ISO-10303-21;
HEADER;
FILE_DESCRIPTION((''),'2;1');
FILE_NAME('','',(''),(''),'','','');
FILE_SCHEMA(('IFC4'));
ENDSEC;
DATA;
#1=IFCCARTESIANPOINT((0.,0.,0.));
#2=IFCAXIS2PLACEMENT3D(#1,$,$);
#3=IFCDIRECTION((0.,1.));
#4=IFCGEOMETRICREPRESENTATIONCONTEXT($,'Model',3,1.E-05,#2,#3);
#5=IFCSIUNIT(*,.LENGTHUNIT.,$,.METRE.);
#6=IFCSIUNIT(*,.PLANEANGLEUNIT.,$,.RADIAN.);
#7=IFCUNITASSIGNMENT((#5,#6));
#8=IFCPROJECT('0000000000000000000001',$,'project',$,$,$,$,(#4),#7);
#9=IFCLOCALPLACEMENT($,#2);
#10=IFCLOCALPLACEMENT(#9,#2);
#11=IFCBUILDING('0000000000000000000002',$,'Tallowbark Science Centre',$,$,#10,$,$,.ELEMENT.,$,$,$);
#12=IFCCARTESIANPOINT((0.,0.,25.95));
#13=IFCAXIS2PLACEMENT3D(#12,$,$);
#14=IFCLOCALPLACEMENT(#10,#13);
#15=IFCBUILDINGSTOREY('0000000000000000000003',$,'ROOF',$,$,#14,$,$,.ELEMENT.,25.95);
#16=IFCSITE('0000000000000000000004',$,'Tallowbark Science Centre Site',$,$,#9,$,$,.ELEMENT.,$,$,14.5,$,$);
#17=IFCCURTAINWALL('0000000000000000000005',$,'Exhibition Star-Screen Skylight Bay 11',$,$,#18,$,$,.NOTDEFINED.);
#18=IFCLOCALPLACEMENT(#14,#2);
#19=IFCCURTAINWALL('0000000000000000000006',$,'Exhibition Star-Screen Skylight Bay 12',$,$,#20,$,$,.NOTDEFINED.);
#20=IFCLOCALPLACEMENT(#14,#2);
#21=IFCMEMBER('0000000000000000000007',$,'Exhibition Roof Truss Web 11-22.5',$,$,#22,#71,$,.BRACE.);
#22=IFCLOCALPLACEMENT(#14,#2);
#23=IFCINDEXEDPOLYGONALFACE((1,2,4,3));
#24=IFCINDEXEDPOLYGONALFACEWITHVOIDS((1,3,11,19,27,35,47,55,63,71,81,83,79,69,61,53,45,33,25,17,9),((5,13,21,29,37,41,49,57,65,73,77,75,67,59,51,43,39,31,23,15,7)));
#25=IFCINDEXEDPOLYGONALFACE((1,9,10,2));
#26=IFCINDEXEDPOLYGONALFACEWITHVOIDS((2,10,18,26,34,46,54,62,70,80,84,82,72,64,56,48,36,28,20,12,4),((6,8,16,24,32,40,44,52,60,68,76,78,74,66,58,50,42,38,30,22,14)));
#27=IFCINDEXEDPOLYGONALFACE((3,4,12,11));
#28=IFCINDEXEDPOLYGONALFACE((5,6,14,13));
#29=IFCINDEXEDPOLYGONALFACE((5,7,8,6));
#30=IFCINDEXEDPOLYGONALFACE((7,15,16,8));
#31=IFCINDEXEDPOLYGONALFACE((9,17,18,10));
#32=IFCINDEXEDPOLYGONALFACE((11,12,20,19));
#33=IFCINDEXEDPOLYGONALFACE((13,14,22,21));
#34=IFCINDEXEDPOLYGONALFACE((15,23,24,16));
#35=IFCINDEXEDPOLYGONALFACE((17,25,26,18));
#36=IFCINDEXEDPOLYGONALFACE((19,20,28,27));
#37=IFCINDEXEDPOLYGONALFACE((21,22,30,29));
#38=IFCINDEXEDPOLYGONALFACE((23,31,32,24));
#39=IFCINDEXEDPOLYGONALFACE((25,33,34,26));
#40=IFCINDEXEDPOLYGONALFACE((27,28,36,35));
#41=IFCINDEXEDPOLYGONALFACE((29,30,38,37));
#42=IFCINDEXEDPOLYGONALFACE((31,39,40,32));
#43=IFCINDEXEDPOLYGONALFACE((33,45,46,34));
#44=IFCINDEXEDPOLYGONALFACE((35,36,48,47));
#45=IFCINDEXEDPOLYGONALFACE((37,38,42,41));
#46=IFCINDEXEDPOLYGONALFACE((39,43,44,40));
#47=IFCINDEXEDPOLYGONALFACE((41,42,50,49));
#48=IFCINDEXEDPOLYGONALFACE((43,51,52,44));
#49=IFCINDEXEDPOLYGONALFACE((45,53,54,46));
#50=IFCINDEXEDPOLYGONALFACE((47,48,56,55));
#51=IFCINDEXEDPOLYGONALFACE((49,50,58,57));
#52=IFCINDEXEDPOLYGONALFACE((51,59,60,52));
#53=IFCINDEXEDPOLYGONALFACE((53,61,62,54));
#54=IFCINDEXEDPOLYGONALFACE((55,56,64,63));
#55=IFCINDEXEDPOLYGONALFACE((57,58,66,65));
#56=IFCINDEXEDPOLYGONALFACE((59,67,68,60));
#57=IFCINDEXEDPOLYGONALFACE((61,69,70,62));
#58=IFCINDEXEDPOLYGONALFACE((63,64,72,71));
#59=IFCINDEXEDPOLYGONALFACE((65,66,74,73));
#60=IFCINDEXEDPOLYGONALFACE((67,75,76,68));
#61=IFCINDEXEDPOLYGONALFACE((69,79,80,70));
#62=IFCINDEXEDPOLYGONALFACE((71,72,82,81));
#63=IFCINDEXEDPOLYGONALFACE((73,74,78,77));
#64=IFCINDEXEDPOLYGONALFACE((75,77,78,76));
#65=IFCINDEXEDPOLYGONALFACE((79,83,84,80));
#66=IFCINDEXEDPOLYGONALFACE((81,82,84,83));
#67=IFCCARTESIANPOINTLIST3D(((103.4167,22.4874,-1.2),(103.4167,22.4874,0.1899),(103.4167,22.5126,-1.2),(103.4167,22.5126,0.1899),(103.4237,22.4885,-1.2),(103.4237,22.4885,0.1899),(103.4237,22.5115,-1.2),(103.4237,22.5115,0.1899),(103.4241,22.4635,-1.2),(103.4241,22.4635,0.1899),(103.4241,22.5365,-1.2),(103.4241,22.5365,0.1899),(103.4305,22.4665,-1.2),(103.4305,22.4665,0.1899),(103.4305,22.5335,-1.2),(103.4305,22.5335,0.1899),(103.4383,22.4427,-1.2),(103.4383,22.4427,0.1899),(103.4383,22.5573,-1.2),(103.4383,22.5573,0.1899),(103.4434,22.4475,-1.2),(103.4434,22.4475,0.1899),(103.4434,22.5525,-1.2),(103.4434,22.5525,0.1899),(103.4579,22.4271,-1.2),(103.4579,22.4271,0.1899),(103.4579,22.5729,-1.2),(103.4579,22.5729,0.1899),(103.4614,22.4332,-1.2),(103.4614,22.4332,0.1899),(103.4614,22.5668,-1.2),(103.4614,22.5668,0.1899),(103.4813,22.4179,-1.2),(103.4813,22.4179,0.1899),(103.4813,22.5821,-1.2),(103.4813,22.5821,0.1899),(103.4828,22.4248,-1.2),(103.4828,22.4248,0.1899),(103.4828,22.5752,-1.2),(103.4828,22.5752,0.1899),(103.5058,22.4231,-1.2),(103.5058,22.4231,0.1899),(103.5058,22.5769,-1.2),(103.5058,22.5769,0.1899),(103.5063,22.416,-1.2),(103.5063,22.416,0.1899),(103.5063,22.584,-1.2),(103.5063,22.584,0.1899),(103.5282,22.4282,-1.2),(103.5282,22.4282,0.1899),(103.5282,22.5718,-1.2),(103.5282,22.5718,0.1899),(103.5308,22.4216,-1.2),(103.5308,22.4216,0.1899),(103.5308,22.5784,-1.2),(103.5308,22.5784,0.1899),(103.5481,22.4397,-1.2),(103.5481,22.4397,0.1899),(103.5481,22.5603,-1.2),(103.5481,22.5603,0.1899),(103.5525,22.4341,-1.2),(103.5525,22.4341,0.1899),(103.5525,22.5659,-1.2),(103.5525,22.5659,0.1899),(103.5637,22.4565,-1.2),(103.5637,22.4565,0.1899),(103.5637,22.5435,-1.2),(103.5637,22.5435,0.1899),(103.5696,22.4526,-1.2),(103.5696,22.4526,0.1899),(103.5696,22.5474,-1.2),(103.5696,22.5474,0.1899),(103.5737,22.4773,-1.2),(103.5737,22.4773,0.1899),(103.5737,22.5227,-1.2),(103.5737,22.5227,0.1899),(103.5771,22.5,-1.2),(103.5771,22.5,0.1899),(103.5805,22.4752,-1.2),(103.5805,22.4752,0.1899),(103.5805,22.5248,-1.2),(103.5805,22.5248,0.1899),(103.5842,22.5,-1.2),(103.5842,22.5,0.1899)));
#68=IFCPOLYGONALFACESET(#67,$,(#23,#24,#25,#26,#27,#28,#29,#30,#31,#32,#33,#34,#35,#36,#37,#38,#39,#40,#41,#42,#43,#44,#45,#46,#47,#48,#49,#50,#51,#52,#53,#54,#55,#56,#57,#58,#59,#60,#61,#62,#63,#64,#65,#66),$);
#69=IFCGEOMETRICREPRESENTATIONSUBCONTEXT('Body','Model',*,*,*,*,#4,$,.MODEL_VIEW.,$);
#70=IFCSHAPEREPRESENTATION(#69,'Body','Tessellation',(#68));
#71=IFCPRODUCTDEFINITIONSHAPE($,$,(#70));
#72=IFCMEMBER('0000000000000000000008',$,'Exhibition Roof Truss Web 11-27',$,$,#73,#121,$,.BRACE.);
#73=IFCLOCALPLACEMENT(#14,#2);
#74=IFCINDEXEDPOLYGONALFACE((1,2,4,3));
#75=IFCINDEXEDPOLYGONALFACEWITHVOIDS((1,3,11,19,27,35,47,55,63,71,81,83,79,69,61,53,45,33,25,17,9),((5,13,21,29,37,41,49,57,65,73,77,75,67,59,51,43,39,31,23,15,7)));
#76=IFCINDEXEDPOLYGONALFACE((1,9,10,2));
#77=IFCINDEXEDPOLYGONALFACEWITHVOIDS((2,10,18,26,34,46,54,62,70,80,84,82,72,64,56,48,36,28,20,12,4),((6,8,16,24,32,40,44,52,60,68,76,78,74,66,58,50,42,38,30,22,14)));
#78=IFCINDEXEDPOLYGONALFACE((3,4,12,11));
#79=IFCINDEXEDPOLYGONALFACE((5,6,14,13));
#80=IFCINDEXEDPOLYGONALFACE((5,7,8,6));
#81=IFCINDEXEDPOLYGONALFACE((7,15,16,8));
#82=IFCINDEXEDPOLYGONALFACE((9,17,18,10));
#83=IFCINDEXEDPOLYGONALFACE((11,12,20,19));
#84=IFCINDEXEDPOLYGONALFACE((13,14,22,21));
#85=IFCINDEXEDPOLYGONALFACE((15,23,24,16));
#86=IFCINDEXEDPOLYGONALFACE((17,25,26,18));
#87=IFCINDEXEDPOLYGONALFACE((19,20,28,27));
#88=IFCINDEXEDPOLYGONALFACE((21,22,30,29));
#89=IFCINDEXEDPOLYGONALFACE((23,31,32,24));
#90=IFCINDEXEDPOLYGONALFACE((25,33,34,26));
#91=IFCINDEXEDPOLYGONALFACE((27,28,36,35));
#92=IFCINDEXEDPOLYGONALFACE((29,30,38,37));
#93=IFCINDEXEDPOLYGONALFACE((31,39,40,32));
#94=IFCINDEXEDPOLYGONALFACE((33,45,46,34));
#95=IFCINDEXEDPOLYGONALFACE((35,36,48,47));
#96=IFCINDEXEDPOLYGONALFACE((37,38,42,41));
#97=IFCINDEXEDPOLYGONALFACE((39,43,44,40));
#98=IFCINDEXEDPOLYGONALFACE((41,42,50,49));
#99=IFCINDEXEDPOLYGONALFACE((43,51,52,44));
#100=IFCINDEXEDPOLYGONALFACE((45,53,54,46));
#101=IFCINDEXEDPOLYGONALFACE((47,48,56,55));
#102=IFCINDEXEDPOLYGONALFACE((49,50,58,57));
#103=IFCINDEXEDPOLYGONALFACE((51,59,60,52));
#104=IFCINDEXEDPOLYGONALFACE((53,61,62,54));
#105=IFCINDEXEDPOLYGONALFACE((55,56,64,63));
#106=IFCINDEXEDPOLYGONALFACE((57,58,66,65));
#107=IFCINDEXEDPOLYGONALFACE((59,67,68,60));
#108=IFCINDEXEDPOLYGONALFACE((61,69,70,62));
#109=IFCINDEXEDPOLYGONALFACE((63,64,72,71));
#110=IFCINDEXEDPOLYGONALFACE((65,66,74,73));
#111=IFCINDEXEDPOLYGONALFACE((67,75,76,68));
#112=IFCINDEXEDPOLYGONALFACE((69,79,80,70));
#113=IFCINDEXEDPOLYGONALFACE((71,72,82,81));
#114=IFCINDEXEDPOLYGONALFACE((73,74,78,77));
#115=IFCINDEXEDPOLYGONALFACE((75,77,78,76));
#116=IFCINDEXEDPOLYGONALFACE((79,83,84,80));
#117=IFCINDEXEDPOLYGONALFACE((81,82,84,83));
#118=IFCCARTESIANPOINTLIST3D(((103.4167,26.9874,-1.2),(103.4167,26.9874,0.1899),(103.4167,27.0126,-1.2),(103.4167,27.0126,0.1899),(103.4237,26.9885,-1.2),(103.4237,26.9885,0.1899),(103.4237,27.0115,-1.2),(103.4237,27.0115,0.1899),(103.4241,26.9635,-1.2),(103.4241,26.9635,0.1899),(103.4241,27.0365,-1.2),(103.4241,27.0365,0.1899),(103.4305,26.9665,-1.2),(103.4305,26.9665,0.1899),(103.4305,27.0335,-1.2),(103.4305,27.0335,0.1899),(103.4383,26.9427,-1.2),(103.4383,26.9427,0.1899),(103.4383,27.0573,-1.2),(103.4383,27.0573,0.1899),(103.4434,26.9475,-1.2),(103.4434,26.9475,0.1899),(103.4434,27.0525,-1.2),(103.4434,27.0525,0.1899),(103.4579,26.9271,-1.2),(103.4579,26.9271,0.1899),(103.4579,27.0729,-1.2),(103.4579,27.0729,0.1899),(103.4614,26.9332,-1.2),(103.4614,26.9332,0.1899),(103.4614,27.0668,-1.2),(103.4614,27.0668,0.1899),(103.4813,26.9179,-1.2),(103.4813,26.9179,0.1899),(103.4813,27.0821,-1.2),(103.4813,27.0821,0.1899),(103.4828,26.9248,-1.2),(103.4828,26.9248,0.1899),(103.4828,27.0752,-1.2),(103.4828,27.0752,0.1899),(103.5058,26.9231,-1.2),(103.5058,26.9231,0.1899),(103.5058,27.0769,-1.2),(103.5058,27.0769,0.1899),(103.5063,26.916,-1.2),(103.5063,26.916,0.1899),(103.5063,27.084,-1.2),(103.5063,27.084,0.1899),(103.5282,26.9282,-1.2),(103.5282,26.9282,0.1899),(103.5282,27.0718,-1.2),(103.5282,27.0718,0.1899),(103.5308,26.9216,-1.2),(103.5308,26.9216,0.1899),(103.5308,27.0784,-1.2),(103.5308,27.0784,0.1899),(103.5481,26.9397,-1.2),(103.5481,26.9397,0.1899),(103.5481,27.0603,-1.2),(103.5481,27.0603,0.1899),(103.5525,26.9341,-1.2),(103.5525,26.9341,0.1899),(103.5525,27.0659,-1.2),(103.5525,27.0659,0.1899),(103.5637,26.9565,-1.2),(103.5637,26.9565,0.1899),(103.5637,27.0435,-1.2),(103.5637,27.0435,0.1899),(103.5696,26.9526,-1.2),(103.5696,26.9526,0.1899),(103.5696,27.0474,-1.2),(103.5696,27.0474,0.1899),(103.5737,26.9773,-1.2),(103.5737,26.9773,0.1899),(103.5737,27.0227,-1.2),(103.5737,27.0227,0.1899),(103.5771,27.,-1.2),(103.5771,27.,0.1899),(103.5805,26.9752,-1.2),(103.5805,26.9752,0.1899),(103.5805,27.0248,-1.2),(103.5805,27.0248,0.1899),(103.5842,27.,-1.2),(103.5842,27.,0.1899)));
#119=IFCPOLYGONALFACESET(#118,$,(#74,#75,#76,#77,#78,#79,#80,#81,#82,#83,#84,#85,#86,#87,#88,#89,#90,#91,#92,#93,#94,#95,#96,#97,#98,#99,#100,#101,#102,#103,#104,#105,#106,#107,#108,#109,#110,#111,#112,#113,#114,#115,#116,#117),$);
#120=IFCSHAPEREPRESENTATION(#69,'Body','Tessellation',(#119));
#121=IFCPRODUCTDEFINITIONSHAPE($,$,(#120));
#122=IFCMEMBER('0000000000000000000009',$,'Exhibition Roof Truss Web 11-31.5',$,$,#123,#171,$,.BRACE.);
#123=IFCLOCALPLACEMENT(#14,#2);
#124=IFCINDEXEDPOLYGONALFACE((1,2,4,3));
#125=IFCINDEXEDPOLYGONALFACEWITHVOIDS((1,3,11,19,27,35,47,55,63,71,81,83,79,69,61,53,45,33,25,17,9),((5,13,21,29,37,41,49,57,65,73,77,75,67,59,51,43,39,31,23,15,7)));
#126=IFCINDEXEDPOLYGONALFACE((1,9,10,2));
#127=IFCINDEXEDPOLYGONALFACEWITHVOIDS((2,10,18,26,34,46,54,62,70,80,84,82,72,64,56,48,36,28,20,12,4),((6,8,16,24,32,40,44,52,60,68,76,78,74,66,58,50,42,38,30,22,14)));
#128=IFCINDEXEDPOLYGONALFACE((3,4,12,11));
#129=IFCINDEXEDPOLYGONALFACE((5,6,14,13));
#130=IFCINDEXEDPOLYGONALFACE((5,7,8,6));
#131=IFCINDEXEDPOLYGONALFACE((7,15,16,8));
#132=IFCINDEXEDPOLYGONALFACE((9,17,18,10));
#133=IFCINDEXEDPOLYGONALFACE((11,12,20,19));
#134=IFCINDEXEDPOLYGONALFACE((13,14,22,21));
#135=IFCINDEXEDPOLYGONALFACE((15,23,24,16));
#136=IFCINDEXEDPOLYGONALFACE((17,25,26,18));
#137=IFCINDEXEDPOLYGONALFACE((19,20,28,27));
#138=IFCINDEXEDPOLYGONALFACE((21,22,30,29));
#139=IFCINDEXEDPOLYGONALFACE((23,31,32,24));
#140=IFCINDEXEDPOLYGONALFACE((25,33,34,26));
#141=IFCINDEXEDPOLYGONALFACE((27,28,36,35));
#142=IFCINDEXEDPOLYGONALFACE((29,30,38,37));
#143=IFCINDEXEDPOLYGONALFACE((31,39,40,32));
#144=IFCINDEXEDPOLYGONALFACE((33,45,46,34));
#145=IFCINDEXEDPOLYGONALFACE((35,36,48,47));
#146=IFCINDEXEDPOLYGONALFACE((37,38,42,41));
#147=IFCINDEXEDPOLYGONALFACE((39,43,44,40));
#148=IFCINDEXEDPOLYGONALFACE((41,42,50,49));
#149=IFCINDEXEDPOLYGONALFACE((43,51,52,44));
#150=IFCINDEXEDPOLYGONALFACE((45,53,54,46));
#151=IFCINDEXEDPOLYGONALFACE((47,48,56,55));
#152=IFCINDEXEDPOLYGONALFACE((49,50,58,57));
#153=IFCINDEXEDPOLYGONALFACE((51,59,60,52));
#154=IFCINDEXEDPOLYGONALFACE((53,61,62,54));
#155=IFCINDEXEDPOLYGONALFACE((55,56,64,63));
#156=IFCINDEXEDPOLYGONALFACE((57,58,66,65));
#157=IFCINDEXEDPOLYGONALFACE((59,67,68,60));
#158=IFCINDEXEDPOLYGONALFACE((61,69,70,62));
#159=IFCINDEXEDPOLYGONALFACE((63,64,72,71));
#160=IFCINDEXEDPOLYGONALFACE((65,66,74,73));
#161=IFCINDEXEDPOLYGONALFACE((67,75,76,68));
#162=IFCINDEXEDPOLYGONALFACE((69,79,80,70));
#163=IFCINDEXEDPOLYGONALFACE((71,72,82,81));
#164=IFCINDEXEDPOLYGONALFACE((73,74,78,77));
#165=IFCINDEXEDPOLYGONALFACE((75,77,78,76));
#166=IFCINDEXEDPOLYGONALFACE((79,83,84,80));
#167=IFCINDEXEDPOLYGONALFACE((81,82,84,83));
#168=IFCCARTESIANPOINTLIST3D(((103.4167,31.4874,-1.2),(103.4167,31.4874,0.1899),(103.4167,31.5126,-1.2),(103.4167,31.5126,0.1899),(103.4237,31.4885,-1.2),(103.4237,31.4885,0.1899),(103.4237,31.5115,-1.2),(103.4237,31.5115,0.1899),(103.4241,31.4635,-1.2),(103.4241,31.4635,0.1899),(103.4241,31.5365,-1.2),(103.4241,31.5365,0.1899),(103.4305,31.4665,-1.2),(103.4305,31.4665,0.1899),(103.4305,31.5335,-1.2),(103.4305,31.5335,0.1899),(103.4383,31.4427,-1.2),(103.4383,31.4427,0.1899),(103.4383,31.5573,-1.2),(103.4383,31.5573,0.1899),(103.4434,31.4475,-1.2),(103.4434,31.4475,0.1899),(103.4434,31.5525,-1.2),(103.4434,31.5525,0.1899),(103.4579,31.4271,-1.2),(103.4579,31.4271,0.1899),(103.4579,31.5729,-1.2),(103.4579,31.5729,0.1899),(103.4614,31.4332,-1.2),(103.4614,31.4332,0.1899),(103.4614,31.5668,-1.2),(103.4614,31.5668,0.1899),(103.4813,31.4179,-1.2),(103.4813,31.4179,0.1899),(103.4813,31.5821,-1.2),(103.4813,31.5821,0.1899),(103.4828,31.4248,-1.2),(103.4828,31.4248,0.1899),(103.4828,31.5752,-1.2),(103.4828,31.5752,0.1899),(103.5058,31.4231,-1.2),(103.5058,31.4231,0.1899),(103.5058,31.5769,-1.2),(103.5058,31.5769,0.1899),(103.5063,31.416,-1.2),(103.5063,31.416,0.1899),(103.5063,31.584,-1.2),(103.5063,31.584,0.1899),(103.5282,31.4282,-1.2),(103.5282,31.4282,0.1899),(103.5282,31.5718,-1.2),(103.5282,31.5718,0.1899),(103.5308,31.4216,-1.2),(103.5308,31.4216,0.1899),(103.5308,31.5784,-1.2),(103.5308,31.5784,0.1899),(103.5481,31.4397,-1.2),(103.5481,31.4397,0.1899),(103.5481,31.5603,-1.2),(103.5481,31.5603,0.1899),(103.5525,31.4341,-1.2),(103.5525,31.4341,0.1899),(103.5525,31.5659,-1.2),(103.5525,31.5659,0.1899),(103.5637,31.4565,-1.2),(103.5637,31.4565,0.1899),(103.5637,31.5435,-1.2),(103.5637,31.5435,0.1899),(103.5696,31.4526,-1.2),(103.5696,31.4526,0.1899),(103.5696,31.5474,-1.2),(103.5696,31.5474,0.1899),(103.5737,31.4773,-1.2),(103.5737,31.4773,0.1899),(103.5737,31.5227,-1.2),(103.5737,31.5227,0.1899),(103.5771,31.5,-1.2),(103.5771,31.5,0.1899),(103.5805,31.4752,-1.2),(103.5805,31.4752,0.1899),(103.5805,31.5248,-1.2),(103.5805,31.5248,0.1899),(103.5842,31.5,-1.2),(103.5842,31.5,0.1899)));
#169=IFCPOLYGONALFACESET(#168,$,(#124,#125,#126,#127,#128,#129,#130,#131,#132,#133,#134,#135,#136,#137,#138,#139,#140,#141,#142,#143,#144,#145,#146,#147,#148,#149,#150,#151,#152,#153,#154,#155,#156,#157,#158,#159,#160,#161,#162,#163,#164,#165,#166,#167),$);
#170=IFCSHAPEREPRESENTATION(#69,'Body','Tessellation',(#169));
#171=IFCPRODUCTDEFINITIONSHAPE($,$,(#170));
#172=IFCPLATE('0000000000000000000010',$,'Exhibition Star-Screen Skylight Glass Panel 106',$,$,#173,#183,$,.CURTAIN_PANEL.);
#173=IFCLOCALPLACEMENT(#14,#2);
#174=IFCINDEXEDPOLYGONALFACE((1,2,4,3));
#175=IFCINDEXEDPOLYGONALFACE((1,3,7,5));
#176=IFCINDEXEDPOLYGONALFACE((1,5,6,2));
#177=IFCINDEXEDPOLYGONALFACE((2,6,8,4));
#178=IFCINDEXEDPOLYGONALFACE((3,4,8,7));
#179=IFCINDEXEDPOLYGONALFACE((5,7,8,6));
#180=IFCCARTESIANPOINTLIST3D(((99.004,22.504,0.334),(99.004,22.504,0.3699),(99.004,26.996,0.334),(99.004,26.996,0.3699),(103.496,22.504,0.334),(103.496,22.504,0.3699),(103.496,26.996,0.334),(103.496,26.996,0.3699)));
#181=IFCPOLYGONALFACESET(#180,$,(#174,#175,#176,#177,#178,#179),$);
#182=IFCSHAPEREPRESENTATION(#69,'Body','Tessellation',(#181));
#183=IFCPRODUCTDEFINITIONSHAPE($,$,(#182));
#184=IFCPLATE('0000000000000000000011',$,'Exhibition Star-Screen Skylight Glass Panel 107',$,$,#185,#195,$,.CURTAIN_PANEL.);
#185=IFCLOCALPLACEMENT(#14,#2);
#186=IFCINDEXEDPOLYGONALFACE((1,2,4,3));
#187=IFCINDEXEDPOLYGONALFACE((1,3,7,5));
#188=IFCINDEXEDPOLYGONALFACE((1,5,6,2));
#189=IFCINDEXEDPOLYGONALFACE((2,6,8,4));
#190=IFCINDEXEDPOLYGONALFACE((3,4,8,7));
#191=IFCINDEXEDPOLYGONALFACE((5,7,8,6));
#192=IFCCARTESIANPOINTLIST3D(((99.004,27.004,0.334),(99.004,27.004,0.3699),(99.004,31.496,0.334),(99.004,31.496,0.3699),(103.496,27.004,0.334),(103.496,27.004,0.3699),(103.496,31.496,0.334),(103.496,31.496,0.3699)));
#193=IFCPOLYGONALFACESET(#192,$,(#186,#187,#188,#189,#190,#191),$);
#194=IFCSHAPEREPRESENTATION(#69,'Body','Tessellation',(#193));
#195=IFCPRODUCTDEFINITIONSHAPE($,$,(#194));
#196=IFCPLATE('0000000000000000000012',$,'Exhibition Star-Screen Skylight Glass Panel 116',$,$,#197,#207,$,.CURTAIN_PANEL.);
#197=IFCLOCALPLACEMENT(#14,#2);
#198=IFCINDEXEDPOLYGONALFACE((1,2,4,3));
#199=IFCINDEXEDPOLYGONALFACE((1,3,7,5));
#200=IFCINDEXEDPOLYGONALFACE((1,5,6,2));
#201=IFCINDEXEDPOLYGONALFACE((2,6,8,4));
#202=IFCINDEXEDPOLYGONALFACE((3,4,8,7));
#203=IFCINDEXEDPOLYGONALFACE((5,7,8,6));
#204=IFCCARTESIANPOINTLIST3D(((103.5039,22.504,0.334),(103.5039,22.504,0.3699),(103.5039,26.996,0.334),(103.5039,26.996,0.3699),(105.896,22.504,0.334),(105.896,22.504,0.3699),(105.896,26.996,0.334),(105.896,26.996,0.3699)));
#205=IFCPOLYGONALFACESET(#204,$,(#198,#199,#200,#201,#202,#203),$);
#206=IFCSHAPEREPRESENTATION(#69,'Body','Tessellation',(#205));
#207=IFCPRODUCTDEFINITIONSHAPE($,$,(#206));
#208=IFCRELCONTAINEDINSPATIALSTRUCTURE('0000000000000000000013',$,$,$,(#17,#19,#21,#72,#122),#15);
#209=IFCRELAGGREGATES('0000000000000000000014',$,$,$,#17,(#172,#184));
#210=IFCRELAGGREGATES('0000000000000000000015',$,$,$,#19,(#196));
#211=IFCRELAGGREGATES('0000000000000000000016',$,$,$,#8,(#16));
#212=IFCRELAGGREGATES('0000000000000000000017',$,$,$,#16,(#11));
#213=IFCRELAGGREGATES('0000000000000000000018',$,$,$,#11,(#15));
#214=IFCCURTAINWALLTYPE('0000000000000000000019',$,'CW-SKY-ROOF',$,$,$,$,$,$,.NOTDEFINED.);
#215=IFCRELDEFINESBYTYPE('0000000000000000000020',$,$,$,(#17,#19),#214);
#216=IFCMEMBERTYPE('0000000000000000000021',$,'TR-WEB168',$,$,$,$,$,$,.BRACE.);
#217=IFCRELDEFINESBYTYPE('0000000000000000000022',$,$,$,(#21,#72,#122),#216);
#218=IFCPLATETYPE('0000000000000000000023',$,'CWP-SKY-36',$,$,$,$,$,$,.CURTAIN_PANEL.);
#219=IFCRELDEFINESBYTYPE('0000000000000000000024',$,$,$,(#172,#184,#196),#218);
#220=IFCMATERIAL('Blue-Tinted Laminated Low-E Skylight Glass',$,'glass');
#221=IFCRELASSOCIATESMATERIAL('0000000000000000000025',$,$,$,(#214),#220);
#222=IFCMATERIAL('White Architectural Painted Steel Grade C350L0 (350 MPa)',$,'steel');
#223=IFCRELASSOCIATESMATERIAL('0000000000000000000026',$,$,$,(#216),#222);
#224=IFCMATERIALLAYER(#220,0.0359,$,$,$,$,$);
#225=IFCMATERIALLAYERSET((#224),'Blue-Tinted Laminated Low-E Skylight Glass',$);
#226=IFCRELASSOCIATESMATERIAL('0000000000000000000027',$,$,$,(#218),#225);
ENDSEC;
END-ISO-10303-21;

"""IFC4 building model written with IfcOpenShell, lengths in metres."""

from ifc_helpers import new_model, si_unit, direction, frame, origin, origin_2d, place, context, subcontext, project, spatial, rectangle, hollow_circle, extrude, material, layer, layer_set, material_profile, profile_set, type_object, element, aggregate, save


model = new_model("IFC4")

# Units and contexts
model_context = context("Model", 3, precision=1e-05, world=origin(), true_north=direction((0.0, 1.0)))
body_context = subcontext(model_context, "Body", "Model", "MODEL_VIEW")
ifc_project = project(units=[si_unit("LENGTHUNIT", "METRE"), si_unit("PLANEANGLEUNIT", "RADIAN")], contexts=[model_context])

# Site, building, storey
site_placement = place(None, origin())
site = spatial("IfcSite", under=ifc_project, at=site_placement, Name="Tallowbark Science Centre Site", CompositionType="ELEMENT", RefElevation=14.5)
building_placement = place(site_placement, origin())
building = spatial("IfcBuilding", under=site, at=building_placement, Name="Tallowbark Science Centre", CompositionType="ELEMENT")
storey_placement = place(building_placement, frame((0.0, 0.0, 25.95)))
storey = spatial("IfcBuildingStorey", under=building, at=storey_placement, Name="ROOF", CompositionType="ELEMENT", Elevation=25.95)

# Shared definitions
ifc_material_1 = material(Name="White Architectural Painted Steel Grade C350L0 (350 MPa)", Category="steel")

# Curtain walls
ifc_material_2 = material(Name="Blue-Tinted Laminated Low-E Skylight Glass", Category="glass")
curtain_wall_type = type_object("IfcCurtainWallType", Name="CW-SKY-ROOF", PredefinedType="NOTDEFINED", material=ifc_material_2)
curtain_wall_1_placement = place(storey_placement, origin())
curtain_wall_1 = element("IfcCurtainWall", 1, at=curtain_wall_1_placement, inside=storey, type_object=curtain_wall_type, Name="Exhibition Star-Screen Skylight Bay 11", PredefinedType="NOTDEFINED")
curtain_wall_2_placement = place(storey_placement, origin())
curtain_wall_2 = element("IfcCurtainWall", 2, at=curtain_wall_2_placement, inside=storey, type_object=curtain_wall_type, Name="Exhibition Star-Screen Skylight Bay 12", PredefinedType="NOTDEFINED")

# Members
ifc_material_profile_1 = material_profile(ifc_material_1, hollow_circle(Radius=0.0842, WallThickness=0.0071, at=origin_2d()), Name="168.3x7.1CHS")
ifc_profile_set_1 = profile_set([ifc_material_profile_1], Name="White Architectural Painted Steel Grade C350L0 (350 MPa)")
member_type_1 = type_object("IfcMemberType", Name="TR-WEB168", PredefinedType="BRACE", material=ifc_profile_set_1)
for number, where, z_axis, x_axis, name in (
    (3, (103.5, 22.5, -1.2), (0.0, 0.0, 1.0), (1.0, 0.0, 0.0), "Exhibition Roof Truss Web 11-22.5"),
    (4, (103.5, 27.0, -1.2), (0.0, 0.0, 1.0), (1.0, 0.0, 0.0), "Exhibition Roof Truss Web 11-27"),
    (5, (103.5, 31.5, -1.2), (0.0, 0.0, 1.0), (1.0, 0.0, 0.0), "Exhibition Roof Truss Web 11-31.5"),
):
    element("IfcMember", number, at=place(storey_placement, frame(where, z_axis=z_axis, x_axis=x_axis)), inside=storey, type_object=member_type_1, Name=name, PredefinedType="BRACE", context=body_context, shape_type="SweptSolid", body=[
        extrude(hollow_circle(Radius=0.0842, WallThickness=0.0071, at=origin_2d()), origin(), (0.0, 0.0, 1.0), 1.3899),
    ])

# Plates
ifc_layer_1 = layer(ifc_material_2, 0.0359)
ifc_layer_set_1 = layer_set([ifc_layer_1], Name="Blue-Tinted Laminated Low-E Skylight Glass")
plate_type_1 = type_object("IfcPlateType", Name="CWP-SKY-36", PredefinedType="CURTAIN_PANEL", material=ifc_layer_set_1)
plate_1_placement = place(storey_placement, frame((101.25, 24.75, 0.334), z_axis=(0.0, 0.0, 1.0), x_axis=(1.0, 0.0, 0.0)))
plate_1 = element("IfcPlate", 6, at=plate_1_placement, type_object=plate_type_1, Name="Exhibition Star-Screen Skylight Glass Panel 106", PredefinedType="CURTAIN_PANEL", context=body_context, shape_type="SweptSolid", body=[
    extrude(rectangle(XDim=4.4919, YDim=4.4919, at=origin_2d()), origin(), (0.0, 0.0, 1.0), 0.0359),
])
plate_2_placement = place(storey_placement, frame((101.25, 29.25, 0.334), z_axis=(0.0, 0.0, 1.0), x_axis=(1.0, 0.0, 0.0)))
plate_2 = element("IfcPlate", 7, at=plate_2_placement, type_object=plate_type_1, Name="Exhibition Star-Screen Skylight Glass Panel 107", PredefinedType="CURTAIN_PANEL", context=body_context, shape_type="SweptSolid", body=[
    extrude(rectangle(XDim=4.4919, YDim=4.4919, at=origin_2d()), origin(), (0.0, 0.0, 1.0), 0.0359),
])
aggregate(curtain_wall_1, [plate_1, plate_2])
plate_3_placement = place(storey_placement, frame((104.7, 24.75, 0.334), z_axis=(0.0, 0.0, 1.0), x_axis=(1.0, 0.0, 0.0)))
plate_3 = element("IfcPlate", 8, at=plate_3_placement, type_object=plate_type_1, Name="Exhibition Star-Screen Skylight Glass Panel 116", PredefinedType="CURTAIN_PANEL", context=body_context, shape_type="SweptSolid", body=[
    extrude(rectangle(XDim=2.3921, YDim=4.4919, at=origin_2d()), origin(), (0.0, 0.0, 1.0), 0.0359),
])
aggregate(curtain_wall_2, [plate_3])

save(model, "model.ifc")
